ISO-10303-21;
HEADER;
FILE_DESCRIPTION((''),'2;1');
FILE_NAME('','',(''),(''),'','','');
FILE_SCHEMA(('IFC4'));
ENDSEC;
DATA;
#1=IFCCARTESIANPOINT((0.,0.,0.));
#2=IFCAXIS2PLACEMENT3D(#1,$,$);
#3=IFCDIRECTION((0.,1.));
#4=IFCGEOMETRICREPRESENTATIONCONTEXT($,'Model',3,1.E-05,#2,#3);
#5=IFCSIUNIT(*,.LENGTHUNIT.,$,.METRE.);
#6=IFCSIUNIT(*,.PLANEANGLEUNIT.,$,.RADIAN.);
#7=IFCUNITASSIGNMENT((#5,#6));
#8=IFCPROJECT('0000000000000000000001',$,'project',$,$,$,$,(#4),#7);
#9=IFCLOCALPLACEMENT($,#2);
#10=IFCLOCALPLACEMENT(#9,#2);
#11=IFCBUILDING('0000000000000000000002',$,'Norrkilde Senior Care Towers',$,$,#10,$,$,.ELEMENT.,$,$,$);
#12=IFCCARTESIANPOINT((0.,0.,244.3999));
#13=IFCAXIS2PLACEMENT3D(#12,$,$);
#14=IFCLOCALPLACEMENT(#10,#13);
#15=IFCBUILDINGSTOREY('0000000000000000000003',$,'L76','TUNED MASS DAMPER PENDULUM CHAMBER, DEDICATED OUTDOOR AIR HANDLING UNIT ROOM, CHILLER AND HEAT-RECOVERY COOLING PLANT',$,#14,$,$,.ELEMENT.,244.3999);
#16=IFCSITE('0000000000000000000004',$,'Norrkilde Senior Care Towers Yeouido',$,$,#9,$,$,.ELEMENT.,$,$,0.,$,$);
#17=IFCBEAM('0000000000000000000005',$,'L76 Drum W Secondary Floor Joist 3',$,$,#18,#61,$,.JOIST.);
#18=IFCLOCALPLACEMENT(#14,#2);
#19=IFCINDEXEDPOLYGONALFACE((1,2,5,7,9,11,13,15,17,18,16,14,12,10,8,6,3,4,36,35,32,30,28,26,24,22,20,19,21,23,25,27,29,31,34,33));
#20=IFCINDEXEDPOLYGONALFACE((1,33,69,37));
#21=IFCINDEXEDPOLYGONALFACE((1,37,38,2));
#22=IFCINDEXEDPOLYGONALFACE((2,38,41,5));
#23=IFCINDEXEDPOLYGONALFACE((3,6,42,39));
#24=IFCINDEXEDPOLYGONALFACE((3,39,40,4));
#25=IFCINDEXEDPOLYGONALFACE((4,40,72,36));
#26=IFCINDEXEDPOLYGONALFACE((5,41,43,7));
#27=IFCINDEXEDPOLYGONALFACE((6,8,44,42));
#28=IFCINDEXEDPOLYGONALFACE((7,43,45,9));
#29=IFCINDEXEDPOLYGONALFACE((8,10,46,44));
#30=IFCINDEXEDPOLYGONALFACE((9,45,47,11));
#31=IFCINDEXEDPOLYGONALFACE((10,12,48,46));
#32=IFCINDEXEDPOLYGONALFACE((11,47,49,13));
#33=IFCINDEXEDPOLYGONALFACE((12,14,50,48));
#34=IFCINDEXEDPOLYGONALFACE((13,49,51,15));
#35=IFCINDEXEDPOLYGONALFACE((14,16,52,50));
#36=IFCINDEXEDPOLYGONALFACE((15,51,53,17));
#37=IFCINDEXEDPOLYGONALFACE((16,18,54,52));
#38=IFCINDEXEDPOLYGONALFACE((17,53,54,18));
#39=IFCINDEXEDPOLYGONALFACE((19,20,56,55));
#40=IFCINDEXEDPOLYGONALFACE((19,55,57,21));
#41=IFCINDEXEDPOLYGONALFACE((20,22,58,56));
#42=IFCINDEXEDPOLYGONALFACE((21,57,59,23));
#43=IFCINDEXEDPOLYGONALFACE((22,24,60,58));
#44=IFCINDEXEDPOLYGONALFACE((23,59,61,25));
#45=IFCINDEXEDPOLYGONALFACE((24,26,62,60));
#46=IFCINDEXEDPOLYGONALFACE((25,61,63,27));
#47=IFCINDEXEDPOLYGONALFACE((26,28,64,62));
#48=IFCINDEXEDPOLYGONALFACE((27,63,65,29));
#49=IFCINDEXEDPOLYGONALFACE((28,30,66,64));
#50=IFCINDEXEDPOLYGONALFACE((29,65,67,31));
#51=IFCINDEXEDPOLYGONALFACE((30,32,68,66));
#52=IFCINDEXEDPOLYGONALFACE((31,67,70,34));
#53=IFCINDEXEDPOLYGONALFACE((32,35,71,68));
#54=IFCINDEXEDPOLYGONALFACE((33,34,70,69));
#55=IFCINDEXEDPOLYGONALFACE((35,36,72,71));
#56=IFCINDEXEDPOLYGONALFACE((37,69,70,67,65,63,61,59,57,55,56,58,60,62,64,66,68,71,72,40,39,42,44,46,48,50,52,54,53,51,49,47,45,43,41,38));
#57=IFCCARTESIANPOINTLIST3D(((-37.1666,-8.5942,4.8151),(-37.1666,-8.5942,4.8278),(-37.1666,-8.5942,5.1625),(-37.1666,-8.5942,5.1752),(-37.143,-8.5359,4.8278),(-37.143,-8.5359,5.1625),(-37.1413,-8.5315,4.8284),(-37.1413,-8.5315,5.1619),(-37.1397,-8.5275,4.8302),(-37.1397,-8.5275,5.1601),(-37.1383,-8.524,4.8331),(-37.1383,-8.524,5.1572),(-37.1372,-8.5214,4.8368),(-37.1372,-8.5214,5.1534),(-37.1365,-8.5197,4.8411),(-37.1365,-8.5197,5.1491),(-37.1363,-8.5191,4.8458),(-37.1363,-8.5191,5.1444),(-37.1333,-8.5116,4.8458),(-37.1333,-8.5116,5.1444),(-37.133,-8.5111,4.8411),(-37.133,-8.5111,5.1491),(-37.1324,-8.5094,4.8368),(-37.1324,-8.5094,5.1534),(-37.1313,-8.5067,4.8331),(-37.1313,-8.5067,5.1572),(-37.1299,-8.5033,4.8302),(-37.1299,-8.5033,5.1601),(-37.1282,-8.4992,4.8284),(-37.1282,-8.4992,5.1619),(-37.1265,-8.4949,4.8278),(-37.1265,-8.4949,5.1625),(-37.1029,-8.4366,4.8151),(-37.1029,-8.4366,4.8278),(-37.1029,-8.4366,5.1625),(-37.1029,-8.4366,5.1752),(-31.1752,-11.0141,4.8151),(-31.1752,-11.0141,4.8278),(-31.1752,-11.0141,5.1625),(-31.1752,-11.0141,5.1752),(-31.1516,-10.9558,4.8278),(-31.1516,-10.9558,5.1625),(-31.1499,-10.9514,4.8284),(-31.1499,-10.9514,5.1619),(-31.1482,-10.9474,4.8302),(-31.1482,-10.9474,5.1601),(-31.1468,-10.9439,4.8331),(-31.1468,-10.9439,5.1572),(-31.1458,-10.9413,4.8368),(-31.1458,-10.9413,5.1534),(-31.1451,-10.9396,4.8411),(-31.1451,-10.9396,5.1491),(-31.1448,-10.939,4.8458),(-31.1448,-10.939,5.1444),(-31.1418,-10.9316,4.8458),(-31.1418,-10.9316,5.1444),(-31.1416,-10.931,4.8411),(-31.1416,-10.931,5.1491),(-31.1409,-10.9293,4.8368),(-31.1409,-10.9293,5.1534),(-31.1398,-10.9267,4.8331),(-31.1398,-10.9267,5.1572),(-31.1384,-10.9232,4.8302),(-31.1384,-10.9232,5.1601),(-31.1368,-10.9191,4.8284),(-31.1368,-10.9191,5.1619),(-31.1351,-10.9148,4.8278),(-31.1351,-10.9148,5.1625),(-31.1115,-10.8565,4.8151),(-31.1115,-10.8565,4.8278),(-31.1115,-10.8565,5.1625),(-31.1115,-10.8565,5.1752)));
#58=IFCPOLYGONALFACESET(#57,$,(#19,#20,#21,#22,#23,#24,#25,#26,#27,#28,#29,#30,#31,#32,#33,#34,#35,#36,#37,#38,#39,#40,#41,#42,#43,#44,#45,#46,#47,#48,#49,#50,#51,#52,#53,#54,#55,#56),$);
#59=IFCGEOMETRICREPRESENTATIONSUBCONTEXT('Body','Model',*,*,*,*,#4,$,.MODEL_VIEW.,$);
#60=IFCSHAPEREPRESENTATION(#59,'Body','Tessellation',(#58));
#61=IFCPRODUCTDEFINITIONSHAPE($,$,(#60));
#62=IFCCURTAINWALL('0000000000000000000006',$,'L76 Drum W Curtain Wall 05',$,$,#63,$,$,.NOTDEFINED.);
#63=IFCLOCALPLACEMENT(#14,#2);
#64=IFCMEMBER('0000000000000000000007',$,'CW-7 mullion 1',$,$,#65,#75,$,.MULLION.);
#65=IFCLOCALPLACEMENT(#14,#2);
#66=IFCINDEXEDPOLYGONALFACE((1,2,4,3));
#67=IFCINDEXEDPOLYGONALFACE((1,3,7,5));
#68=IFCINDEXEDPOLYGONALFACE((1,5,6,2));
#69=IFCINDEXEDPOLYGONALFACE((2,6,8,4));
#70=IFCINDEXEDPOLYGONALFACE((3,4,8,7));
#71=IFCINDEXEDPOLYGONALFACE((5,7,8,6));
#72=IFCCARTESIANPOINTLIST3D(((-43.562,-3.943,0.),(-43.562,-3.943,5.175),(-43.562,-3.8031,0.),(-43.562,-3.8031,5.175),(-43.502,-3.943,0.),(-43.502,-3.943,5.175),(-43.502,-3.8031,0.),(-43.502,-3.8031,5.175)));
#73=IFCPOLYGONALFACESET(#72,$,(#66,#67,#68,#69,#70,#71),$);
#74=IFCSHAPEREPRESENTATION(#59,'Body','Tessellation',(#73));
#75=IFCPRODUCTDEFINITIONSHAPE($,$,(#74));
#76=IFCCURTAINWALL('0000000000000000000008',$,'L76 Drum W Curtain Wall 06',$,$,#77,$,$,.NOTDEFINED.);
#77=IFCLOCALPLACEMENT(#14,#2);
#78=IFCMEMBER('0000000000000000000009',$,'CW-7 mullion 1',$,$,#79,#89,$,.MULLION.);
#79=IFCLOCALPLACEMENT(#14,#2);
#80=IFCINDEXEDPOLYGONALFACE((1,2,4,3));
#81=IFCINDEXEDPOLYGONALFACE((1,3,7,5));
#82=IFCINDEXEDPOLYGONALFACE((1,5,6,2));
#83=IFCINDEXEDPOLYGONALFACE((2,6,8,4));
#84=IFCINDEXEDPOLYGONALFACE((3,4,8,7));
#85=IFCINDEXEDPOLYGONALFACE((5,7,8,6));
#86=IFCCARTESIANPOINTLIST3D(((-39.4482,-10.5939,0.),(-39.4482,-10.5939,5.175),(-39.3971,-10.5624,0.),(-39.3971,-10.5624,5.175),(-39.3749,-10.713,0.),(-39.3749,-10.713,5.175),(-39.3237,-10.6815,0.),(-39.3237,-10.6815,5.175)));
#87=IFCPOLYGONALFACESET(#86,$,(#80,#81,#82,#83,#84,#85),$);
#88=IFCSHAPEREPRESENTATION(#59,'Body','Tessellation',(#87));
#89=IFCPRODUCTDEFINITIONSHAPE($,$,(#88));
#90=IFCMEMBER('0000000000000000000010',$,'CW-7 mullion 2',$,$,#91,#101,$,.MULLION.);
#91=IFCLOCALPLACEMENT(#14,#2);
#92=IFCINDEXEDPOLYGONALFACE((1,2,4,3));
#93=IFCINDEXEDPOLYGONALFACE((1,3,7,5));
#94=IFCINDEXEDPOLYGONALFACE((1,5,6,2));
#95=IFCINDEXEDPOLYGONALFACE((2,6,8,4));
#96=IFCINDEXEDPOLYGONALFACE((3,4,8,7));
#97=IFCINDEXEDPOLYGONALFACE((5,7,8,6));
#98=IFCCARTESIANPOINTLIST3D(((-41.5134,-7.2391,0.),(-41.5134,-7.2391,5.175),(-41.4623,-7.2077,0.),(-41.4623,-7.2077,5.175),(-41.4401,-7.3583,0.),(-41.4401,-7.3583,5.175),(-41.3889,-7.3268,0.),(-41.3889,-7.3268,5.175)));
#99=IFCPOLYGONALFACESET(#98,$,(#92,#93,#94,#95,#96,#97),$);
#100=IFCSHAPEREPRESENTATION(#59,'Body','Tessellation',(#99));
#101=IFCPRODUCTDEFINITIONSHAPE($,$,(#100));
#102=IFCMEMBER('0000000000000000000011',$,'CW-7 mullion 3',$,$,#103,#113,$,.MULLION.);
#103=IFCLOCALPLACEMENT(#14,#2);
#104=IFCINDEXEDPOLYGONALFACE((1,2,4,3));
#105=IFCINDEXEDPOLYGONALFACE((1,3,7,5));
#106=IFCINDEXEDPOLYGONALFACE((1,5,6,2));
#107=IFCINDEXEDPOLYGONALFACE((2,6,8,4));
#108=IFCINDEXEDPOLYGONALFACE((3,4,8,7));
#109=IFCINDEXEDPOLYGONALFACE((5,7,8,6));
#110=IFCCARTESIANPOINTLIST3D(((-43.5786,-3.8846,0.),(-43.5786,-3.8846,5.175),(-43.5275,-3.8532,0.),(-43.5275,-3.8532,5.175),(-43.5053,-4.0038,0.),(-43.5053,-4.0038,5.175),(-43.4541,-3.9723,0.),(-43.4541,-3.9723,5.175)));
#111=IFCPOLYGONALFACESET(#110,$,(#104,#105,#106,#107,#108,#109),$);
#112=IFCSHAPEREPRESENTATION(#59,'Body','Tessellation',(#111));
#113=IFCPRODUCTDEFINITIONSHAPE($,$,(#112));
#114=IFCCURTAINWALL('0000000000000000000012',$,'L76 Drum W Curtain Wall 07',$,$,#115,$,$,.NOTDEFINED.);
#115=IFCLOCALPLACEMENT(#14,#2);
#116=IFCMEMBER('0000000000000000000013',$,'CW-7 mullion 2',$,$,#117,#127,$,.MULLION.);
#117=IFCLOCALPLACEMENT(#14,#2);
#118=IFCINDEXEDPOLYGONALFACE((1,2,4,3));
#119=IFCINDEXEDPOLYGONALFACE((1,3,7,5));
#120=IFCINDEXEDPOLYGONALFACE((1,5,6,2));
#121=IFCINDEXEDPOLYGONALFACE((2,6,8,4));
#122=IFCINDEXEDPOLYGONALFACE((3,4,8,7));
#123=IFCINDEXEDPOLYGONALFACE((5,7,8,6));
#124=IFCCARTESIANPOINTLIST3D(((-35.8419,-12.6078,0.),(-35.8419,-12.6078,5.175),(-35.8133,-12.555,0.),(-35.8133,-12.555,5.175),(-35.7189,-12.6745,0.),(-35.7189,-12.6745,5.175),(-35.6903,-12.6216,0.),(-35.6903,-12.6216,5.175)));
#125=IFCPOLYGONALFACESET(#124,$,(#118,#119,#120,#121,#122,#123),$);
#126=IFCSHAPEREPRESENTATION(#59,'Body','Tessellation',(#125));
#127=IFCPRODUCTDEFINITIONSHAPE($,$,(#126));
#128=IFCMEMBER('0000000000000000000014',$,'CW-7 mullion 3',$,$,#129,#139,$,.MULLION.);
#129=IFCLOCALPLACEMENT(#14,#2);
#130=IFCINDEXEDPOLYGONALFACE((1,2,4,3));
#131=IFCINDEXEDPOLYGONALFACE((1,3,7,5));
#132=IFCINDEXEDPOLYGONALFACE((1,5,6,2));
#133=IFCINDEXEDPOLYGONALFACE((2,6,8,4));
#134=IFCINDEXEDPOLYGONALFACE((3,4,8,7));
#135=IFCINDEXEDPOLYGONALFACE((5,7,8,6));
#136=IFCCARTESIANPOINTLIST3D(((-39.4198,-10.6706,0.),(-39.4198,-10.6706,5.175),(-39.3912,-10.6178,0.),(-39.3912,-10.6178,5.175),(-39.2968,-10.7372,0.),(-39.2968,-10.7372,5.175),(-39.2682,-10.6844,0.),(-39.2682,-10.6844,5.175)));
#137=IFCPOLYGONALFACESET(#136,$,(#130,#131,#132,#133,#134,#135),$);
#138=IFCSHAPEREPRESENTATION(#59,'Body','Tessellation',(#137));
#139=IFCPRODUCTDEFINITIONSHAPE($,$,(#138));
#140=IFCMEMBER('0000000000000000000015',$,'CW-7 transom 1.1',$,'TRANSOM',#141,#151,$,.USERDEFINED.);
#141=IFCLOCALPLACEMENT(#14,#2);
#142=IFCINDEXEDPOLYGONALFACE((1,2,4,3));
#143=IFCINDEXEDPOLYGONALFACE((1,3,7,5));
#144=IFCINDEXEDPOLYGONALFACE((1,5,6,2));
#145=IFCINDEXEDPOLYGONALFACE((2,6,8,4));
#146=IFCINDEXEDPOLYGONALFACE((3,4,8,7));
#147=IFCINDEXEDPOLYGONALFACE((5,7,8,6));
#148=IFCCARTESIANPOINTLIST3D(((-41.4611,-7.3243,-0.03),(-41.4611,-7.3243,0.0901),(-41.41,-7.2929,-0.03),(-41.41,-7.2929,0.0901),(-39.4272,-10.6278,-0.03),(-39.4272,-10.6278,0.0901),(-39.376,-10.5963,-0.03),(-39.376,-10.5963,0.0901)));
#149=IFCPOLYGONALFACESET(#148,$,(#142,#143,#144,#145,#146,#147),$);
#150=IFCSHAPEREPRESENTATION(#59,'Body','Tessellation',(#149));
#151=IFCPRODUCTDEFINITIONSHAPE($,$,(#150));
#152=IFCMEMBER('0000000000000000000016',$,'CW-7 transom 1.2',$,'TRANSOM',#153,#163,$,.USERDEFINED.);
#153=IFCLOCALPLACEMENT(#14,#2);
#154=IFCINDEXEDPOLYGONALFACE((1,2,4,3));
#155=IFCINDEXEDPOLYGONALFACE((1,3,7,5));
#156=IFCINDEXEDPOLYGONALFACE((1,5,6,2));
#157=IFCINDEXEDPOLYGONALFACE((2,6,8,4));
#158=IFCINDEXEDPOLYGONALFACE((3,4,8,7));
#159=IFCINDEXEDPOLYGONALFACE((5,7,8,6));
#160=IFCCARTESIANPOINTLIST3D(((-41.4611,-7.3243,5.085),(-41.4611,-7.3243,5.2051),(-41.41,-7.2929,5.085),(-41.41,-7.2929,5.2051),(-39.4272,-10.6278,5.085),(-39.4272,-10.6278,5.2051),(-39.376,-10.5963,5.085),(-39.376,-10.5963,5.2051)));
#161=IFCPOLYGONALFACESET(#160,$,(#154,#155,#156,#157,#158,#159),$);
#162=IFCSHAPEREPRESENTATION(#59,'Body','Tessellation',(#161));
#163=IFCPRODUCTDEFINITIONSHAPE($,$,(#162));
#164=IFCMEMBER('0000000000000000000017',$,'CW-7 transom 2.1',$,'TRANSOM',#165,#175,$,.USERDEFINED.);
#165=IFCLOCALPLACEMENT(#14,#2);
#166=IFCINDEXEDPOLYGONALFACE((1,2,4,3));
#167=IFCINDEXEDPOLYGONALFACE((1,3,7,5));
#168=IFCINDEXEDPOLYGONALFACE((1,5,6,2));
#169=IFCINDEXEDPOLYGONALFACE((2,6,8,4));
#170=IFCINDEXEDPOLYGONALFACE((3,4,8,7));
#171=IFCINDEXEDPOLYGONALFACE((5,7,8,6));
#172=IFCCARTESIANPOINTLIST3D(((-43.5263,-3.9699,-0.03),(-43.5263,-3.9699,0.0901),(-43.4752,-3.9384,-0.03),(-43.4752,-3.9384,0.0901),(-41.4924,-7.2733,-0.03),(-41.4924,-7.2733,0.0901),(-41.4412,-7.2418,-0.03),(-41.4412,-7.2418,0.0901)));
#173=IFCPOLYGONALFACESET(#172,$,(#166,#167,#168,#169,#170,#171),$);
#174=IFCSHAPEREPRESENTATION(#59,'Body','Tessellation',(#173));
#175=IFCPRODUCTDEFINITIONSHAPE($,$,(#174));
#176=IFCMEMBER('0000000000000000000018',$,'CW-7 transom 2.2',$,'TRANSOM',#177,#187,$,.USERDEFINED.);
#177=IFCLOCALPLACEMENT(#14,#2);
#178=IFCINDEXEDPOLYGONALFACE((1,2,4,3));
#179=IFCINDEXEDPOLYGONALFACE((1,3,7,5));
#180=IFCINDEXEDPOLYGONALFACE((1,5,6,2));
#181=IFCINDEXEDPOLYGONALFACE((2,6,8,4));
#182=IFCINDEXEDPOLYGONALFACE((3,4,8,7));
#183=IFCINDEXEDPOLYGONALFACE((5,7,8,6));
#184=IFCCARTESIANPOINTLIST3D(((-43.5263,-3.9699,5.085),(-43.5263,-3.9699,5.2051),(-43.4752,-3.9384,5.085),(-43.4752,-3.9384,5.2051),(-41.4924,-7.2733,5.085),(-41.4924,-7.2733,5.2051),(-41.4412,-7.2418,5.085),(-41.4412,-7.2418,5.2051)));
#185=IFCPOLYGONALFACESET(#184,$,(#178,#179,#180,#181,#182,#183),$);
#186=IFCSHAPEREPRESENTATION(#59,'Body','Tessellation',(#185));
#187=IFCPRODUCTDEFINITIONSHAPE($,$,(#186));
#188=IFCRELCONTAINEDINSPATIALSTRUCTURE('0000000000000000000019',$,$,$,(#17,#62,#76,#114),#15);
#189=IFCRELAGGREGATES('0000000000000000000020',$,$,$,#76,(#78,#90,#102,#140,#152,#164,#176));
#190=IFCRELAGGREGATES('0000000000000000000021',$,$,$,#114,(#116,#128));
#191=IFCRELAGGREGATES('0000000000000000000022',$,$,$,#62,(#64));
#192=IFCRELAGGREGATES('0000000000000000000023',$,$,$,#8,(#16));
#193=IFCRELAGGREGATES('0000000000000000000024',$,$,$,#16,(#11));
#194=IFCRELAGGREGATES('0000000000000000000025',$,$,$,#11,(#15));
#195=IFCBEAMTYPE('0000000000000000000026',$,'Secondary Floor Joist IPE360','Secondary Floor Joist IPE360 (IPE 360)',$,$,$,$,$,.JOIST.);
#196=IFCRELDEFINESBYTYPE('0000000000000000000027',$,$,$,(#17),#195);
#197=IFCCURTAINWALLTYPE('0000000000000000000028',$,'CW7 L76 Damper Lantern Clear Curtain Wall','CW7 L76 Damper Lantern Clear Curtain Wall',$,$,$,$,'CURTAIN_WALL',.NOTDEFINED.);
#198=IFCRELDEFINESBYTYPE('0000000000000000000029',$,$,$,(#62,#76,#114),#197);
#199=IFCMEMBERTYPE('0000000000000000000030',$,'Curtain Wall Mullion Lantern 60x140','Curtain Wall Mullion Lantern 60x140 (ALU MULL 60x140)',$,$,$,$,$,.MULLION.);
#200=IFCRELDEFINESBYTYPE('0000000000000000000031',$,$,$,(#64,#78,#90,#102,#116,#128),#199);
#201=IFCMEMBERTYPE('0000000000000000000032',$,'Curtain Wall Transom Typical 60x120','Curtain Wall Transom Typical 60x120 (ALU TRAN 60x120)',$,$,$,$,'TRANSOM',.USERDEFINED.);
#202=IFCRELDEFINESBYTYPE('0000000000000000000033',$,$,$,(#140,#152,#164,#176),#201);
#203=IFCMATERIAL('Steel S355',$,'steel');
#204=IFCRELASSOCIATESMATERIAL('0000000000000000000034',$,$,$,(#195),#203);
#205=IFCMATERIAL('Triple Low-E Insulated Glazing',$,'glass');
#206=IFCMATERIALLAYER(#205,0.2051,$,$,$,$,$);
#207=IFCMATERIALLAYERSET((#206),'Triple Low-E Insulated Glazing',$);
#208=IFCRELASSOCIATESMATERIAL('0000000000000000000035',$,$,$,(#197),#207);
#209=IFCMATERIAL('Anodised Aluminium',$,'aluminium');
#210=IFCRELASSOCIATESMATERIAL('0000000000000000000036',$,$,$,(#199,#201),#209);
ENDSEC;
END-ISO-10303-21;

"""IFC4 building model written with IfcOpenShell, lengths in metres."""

from ifc_helpers import new_model, si_unit, direction, frame, origin, origin_2d, place, context, subcontext, project, spatial, rectangle, i_section, extrude, source, transform, mapped, material, layer, layer_set, material_profile, profile_set, type_object, type_shapes, element, aggregate, save


model = new_model("IFC4")

# Units and contexts
model_context = context("Model", 3, precision=1e-05, world=origin(), true_north=direction((0.0, 1.0)))
body_context = subcontext(model_context, "Body", "Model", "MODEL_VIEW")
ifc_project = project(units=[si_unit("LENGTHUNIT", "METRE"), si_unit("PLANEANGLEUNIT", "RADIAN")], contexts=[model_context])

# Site, building, storey
site_placement = place(None, origin())
site = spatial("IfcSite", under=ifc_project, at=site_placement, Name="Norrkilde Senior Care Towers Yeouido", CompositionType="ELEMENT", RefElevation=0.0)
building_placement = place(site_placement, origin())
building = spatial("IfcBuilding", under=site, at=building_placement, Name="Norrkilde Senior Care Towers", CompositionType="ELEMENT")
storey_placement = place(building_placement, frame((0.0, 0.0, 244.3999)))
storey = spatial("IfcBuildingStorey", under=building, at=storey_placement, Name="L76", Description="TUNED MASS DAMPER PENDULUM CHAMBER, DEDICATED OUTDOOR AIR HANDLING UNIT ROOM, CHILLER AND HEAT-RECOVERY COOLING PLANT", CompositionType="ELEMENT", Elevation=244.3999)

# Beam
ifc_material_1 = material(Name="Steel S355", Category="steel")
ifc_material_profile_1 = material_profile(ifc_material_1, i_section(OverallWidth=0.1699, OverallDepth=0.3601, WebThickness=0.0081, FlangeThickness=0.0127, FilletRadius=0.0181, at=origin_2d()), Name="IPE 360")
ifc_profile_set_1 = profile_set([ifc_material_profile_1], Name="Steel S355")
beam_type_1 = type_object("IfcBeamType", Name="Secondary Floor Joist IPE360", Description="Secondary Floor Joist IPE360 (IPE 360)", PredefinedType="JOIST", material=ifc_profile_set_1)
shared_shape_1 = source(origin(), body_context, "Body", "SweptSolid", [
    extrude(i_section(OverallWidth=0.1699, OverallDepth=0.3601, WebThickness=0.0081, FlangeThickness=0.0127, FilletRadius=0.0181, at=origin_2d()), origin(), (0.0, 0.0, 1.0), 6.4617),
])
type_shapes(beam_type_1, [shared_shape_1])
beam_1_placement = place(storey_placement, frame((-37.1348, -8.5154, 4.9951), z_axis=(0.927226, -0.374502, 0.0), x_axis=(0.374502, 0.927226, 0.0)))
element("IfcBeam", 1, at=beam_1_placement, inside=storey, type_object=beam_type_1, Name="L76 Drum W Secondary Floor Joist 3", PredefinedType="JOIST", context=body_context, shape_type="MappedRepresentation", body=[
    mapped(shared_shape_1, transform((0.0, 0.0, 0.0), x_axis=(1.0, 0.0, 0.0), y_axis=(0.0, 1.0, 0.0), z_axis=(0.0, 0.0, 1.0), scale=1.0)),
])

# Curtain wall, member
ifc_material_2 = material(Name="Triple Low-E Insulated Glazing", Category="glass")
ifc_layer_1 = layer(ifc_material_2, 0.2051)
ifc_layer_set_1 = layer_set([ifc_layer_1], Name="Triple Low-E Insulated Glazing")
curtain_wall_type = type_object("IfcCurtainWallType", Name="CW7 L76 Damper Lantern Clear Curtain Wall", Description="CW7 L76 Damper Lantern Clear Curtain Wall", ElementType="CURTAIN_WALL", PredefinedType="NOTDEFINED", material=ifc_layer_set_1)
curtain_wall_1_placement = place(storey_placement, origin())
curtain_wall_1 = element("IfcCurtainWall", 2, at=curtain_wall_1_placement, inside=storey, type_object=curtain_wall_type, Name="L76 Drum W Curtain Wall 05", PredefinedType="NOTDEFINED")
ifc_material_3 = material(Name="Anodised Aluminium", Category="aluminium")
ifc_material_profile_2 = material_profile(ifc_material_3, rectangle(XDim=0.0601, YDim=0.1399, at=origin_2d()), Name="ALU MULL 60x140")
ifc_profile_set_2 = profile_set([ifc_material_profile_2], Name="Anodised Aluminium")
member_type_1 = type_object("IfcMemberType", Name="Curtain Wall Mullion Lantern 60x140", Description="Curtain Wall Mullion Lantern 60x140 (ALU MULL 60x140)", PredefinedType="MULLION", material=ifc_profile_set_2)
shared_shape_2 = source(origin(), body_context, "Body", "SweptSolid", [
    extrude(rectangle(XDim=0.0601, YDim=0.1399, at=origin_2d()), origin(), (0.0, 0.0, 1.0), 5.175),
])
type_shapes(member_type_1, [shared_shape_2])
member_1_placement = place(storey_placement, frame((-43.532, -3.873, 0.0), z_axis=(0.0, 0.0, 1.0), x_axis=(-1.0, 0.0, 0.0)))
member_1 = element("IfcMember", 3, at=member_1_placement, type_object=member_type_1, Name="CW-7 mullion 1", PredefinedType="MULLION", context=body_context, shape_type="MappedRepresentation", body=[
    mapped(shared_shape_2, transform((0.0, 0.0, 0.0), x_axis=(1.0, 0.0, 0.0), y_axis=(0.0, 1.0, 0.0), z_axis=(0.0, 0.0, 1.0), scale=1.0)),
])

# Curtain walls, members
curtain_wall_2_placement = place(storey_placement, origin())
curtain_wall_2 = element("IfcCurtainWall", 4, at=curtain_wall_2_placement, inside=storey, type_object=curtain_wall_type, Name="L76 Drum W Curtain Wall 06", PredefinedType="NOTDEFINED")
member_2_placement = place(storey_placement, frame((-39.386, -10.6377, 0.0), z_axis=(0.0, 0.0, 1.0), x_axis=(-0.851563, -0.524253, 0.0)))
member_2 = element("IfcMember", 5, at=member_2_placement, type_object=member_type_1, Name="CW-7 mullion 1", PredefinedType="MULLION", context=body_context, shape_type="MappedRepresentation", body=[
    mapped(shared_shape_2, transform((0.0, 0.0, 0.0), x_axis=(1.0, 0.0, 0.0), y_axis=(0.0, 1.0, 0.0), z_axis=(0.0, 0.0, 1.0), scale=1.0)),
])
member_3_placement = place(storey_placement, frame((-41.4512, -7.283, 0.0), z_axis=(0.0, 0.0, 1.0), x_axis=(-0.851563, -0.524253, 0.0)))
member_3 = element("IfcMember", 6, at=member_3_placement, type_object=member_type_1, Name="CW-7 mullion 2", PredefinedType="MULLION", context=body_context, shape_type="MappedRepresentation", body=[
    mapped(shared_shape_2, transform((0.0, 0.0, 0.0), x_axis=(1.0, 0.0, 0.0), y_axis=(0.0, 1.0, 0.0), z_axis=(0.0, 0.0, 1.0), scale=1.0)),
])
member_4_placement = place(storey_placement, frame((-43.5164, -3.9285, 0.0), z_axis=(0.0, 0.0, 1.0), x_axis=(-0.851563, -0.524253, 0.0)))
member_4 = element("IfcMember", 7, at=member_4_placement, type_object=member_type_1, Name="CW-7 mullion 3", PredefinedType="MULLION", context=body_context, shape_type="MappedRepresentation", body=[
    mapped(shared_shape_2, transform((0.0, 0.0, 0.0), x_axis=(1.0, 0.0, 0.0), y_axis=(0.0, 1.0, 0.0), z_axis=(0.0, 0.0, 1.0), scale=1.0)),
])
curtain_wall_3_placement = place(storey_placement, origin())
curtain_wall_3 = element("IfcCurtainWall", 8, at=curtain_wall_3_placement, inside=storey, type_object=curtain_wall_type, Name="L76 Drum W Curtain Wall 07", PredefinedType="NOTDEFINED")
member_5_placement = place(storey_placement, frame((-35.7661, -12.6147, 0.0), z_axis=(0.0, 0.0, 1.0), x_axis=(-0.476133, -0.879373, 0.0)))
member_5 = element("IfcMember", 9, at=member_5_placement, type_object=member_type_1, Name="CW-7 mullion 2", PredefinedType="MULLION", context=body_context, shape_type="MappedRepresentation", body=[
    mapped(shared_shape_2, transform((0.0, 0.0, 0.0), x_axis=(1.0, 0.0, 0.0), y_axis=(0.0, 1.0, 0.0), z_axis=(0.0, 0.0, 1.0), scale=1.0)),
])
member_6_placement = place(storey_placement, frame((-39.344, -10.6775, 0.0), z_axis=(0.0, 0.0, 1.0), x_axis=(-0.476133, -0.879373, 0.0)))
member_6 = element("IfcMember", 10, at=member_6_placement, type_object=member_type_1, Name="CW-7 mullion 3", PredefinedType="MULLION", context=body_context, shape_type="MappedRepresentation", body=[
    mapped(shared_shape_2, transform((0.0, 0.0, 0.0), x_axis=(1.0, 0.0, 0.0), y_axis=(0.0, 1.0, 0.0), z_axis=(0.0, 0.0, 1.0), scale=1.0)),
])

# Members
ifc_material_profile_3 = material_profile(ifc_material_3, rectangle(XDim=0.0601, YDim=0.1201, at=origin_2d()), Name="ALU TRAN 60x120")
ifc_profile_set_3 = profile_set([ifc_material_profile_3], Name="Anodised Aluminium")
member_type_2 = type_object("IfcMemberType", Name="Curtain Wall Transom Typical 60x120", Description="Curtain Wall Transom Typical 60x120 (ALU TRAN 60x120)", ElementType="TRANSOM", PredefinedType="USERDEFINED", material=ifc_profile_set_3)
shared_shape_3 = source(origin(), body_context, "Body", "SweptSolid", [
    extrude(rectangle(XDim=0.0601, YDim=0.1201, at=origin_2d()), origin(), (0.0, 0.0, 1.0), 3.8794),
])
member_7_placement = place(storey_placement, frame((-39.4016, -10.6121, 0.03), z_axis=(-0.524291, 0.851539, 0.0), x_axis=(-0.851539, -0.524291, 0.0)))
member_7 = element("IfcMember", 11, at=member_7_placement, type_object=member_type_2, Name="CW-7 transom 1.1", ObjectType="TRANSOM", PredefinedType="USERDEFINED", context=body_context, shape_type="MappedRepresentation", body=[
    mapped(shared_shape_3, transform((0.0, 0.0, 0.0), x_axis=(1.0, 0.0, 0.0), y_axis=(0.0, 1.0, 0.0), z_axis=(0.0, 0.0, 1.0), scale=1.0)),
])
member_8_placement = place(storey_placement, frame((-39.4016, -10.6121, 5.145), z_axis=(-0.524291, 0.851539, 0.0), x_axis=(-0.851539, -0.524291, 0.0)))
member_8 = element("IfcMember", 12, at=member_8_placement, type_object=member_type_2, Name="CW-7 transom 1.2", ObjectType="TRANSOM", PredefinedType="USERDEFINED", context=body_context, shape_type="MappedRepresentation", body=[
    mapped(shared_shape_3, transform((0.0, 0.0, 0.0), x_axis=(1.0, 0.0, 0.0), y_axis=(0.0, 1.0, 0.0), z_axis=(0.0, 0.0, 1.0), scale=1.0)),
])
member_9_placement = place(storey_placement, frame((-41.4668, -7.2576, 0.03), z_axis=(-0.524291, 0.851539, 0.0), x_axis=(-0.851539, -0.524291, 0.0)))
member_9 = element("IfcMember", 13, at=member_9_placement, type_object=member_type_2, Name="CW-7 transom 2.1", ObjectType="TRANSOM", PredefinedType="USERDEFINED", context=body_context, shape_type="MappedRepresentation", body=[
    mapped(shared_shape_3, transform((0.0, 0.0, 0.0), x_axis=(1.0, 0.0, 0.0), y_axis=(0.0, 1.0, 0.0), z_axis=(0.0, 0.0, 1.0), scale=1.0)),
])
member_10_placement = place(storey_placement, frame((-41.4668, -7.2576, 5.145), z_axis=(-0.524291, 0.851539, 0.0), x_axis=(-0.851539, -0.524291, 0.0)))
member_10 = element("IfcMember", 14, at=member_10_placement, type_object=member_type_2, Name="CW-7 transom 2.2", ObjectType="TRANSOM", PredefinedType="USERDEFINED", context=body_context, shape_type="MappedRepresentation", body=[
    mapped(shared_shape_3, transform((0.0, 0.0, 0.0), x_axis=(1.0, 0.0, 0.0), y_axis=(0.0, 1.0, 0.0), z_axis=(0.0, 0.0, 1.0), scale=1.0)),
])

aggregate(curtain_wall_2, [member_2, member_3, member_4, member_7, member_8, member_9, member_10])
aggregate(curtain_wall_3, [member_5, member_6])
aggregate(curtain_wall_1, [member_1])

save(model, "model.ifc")
